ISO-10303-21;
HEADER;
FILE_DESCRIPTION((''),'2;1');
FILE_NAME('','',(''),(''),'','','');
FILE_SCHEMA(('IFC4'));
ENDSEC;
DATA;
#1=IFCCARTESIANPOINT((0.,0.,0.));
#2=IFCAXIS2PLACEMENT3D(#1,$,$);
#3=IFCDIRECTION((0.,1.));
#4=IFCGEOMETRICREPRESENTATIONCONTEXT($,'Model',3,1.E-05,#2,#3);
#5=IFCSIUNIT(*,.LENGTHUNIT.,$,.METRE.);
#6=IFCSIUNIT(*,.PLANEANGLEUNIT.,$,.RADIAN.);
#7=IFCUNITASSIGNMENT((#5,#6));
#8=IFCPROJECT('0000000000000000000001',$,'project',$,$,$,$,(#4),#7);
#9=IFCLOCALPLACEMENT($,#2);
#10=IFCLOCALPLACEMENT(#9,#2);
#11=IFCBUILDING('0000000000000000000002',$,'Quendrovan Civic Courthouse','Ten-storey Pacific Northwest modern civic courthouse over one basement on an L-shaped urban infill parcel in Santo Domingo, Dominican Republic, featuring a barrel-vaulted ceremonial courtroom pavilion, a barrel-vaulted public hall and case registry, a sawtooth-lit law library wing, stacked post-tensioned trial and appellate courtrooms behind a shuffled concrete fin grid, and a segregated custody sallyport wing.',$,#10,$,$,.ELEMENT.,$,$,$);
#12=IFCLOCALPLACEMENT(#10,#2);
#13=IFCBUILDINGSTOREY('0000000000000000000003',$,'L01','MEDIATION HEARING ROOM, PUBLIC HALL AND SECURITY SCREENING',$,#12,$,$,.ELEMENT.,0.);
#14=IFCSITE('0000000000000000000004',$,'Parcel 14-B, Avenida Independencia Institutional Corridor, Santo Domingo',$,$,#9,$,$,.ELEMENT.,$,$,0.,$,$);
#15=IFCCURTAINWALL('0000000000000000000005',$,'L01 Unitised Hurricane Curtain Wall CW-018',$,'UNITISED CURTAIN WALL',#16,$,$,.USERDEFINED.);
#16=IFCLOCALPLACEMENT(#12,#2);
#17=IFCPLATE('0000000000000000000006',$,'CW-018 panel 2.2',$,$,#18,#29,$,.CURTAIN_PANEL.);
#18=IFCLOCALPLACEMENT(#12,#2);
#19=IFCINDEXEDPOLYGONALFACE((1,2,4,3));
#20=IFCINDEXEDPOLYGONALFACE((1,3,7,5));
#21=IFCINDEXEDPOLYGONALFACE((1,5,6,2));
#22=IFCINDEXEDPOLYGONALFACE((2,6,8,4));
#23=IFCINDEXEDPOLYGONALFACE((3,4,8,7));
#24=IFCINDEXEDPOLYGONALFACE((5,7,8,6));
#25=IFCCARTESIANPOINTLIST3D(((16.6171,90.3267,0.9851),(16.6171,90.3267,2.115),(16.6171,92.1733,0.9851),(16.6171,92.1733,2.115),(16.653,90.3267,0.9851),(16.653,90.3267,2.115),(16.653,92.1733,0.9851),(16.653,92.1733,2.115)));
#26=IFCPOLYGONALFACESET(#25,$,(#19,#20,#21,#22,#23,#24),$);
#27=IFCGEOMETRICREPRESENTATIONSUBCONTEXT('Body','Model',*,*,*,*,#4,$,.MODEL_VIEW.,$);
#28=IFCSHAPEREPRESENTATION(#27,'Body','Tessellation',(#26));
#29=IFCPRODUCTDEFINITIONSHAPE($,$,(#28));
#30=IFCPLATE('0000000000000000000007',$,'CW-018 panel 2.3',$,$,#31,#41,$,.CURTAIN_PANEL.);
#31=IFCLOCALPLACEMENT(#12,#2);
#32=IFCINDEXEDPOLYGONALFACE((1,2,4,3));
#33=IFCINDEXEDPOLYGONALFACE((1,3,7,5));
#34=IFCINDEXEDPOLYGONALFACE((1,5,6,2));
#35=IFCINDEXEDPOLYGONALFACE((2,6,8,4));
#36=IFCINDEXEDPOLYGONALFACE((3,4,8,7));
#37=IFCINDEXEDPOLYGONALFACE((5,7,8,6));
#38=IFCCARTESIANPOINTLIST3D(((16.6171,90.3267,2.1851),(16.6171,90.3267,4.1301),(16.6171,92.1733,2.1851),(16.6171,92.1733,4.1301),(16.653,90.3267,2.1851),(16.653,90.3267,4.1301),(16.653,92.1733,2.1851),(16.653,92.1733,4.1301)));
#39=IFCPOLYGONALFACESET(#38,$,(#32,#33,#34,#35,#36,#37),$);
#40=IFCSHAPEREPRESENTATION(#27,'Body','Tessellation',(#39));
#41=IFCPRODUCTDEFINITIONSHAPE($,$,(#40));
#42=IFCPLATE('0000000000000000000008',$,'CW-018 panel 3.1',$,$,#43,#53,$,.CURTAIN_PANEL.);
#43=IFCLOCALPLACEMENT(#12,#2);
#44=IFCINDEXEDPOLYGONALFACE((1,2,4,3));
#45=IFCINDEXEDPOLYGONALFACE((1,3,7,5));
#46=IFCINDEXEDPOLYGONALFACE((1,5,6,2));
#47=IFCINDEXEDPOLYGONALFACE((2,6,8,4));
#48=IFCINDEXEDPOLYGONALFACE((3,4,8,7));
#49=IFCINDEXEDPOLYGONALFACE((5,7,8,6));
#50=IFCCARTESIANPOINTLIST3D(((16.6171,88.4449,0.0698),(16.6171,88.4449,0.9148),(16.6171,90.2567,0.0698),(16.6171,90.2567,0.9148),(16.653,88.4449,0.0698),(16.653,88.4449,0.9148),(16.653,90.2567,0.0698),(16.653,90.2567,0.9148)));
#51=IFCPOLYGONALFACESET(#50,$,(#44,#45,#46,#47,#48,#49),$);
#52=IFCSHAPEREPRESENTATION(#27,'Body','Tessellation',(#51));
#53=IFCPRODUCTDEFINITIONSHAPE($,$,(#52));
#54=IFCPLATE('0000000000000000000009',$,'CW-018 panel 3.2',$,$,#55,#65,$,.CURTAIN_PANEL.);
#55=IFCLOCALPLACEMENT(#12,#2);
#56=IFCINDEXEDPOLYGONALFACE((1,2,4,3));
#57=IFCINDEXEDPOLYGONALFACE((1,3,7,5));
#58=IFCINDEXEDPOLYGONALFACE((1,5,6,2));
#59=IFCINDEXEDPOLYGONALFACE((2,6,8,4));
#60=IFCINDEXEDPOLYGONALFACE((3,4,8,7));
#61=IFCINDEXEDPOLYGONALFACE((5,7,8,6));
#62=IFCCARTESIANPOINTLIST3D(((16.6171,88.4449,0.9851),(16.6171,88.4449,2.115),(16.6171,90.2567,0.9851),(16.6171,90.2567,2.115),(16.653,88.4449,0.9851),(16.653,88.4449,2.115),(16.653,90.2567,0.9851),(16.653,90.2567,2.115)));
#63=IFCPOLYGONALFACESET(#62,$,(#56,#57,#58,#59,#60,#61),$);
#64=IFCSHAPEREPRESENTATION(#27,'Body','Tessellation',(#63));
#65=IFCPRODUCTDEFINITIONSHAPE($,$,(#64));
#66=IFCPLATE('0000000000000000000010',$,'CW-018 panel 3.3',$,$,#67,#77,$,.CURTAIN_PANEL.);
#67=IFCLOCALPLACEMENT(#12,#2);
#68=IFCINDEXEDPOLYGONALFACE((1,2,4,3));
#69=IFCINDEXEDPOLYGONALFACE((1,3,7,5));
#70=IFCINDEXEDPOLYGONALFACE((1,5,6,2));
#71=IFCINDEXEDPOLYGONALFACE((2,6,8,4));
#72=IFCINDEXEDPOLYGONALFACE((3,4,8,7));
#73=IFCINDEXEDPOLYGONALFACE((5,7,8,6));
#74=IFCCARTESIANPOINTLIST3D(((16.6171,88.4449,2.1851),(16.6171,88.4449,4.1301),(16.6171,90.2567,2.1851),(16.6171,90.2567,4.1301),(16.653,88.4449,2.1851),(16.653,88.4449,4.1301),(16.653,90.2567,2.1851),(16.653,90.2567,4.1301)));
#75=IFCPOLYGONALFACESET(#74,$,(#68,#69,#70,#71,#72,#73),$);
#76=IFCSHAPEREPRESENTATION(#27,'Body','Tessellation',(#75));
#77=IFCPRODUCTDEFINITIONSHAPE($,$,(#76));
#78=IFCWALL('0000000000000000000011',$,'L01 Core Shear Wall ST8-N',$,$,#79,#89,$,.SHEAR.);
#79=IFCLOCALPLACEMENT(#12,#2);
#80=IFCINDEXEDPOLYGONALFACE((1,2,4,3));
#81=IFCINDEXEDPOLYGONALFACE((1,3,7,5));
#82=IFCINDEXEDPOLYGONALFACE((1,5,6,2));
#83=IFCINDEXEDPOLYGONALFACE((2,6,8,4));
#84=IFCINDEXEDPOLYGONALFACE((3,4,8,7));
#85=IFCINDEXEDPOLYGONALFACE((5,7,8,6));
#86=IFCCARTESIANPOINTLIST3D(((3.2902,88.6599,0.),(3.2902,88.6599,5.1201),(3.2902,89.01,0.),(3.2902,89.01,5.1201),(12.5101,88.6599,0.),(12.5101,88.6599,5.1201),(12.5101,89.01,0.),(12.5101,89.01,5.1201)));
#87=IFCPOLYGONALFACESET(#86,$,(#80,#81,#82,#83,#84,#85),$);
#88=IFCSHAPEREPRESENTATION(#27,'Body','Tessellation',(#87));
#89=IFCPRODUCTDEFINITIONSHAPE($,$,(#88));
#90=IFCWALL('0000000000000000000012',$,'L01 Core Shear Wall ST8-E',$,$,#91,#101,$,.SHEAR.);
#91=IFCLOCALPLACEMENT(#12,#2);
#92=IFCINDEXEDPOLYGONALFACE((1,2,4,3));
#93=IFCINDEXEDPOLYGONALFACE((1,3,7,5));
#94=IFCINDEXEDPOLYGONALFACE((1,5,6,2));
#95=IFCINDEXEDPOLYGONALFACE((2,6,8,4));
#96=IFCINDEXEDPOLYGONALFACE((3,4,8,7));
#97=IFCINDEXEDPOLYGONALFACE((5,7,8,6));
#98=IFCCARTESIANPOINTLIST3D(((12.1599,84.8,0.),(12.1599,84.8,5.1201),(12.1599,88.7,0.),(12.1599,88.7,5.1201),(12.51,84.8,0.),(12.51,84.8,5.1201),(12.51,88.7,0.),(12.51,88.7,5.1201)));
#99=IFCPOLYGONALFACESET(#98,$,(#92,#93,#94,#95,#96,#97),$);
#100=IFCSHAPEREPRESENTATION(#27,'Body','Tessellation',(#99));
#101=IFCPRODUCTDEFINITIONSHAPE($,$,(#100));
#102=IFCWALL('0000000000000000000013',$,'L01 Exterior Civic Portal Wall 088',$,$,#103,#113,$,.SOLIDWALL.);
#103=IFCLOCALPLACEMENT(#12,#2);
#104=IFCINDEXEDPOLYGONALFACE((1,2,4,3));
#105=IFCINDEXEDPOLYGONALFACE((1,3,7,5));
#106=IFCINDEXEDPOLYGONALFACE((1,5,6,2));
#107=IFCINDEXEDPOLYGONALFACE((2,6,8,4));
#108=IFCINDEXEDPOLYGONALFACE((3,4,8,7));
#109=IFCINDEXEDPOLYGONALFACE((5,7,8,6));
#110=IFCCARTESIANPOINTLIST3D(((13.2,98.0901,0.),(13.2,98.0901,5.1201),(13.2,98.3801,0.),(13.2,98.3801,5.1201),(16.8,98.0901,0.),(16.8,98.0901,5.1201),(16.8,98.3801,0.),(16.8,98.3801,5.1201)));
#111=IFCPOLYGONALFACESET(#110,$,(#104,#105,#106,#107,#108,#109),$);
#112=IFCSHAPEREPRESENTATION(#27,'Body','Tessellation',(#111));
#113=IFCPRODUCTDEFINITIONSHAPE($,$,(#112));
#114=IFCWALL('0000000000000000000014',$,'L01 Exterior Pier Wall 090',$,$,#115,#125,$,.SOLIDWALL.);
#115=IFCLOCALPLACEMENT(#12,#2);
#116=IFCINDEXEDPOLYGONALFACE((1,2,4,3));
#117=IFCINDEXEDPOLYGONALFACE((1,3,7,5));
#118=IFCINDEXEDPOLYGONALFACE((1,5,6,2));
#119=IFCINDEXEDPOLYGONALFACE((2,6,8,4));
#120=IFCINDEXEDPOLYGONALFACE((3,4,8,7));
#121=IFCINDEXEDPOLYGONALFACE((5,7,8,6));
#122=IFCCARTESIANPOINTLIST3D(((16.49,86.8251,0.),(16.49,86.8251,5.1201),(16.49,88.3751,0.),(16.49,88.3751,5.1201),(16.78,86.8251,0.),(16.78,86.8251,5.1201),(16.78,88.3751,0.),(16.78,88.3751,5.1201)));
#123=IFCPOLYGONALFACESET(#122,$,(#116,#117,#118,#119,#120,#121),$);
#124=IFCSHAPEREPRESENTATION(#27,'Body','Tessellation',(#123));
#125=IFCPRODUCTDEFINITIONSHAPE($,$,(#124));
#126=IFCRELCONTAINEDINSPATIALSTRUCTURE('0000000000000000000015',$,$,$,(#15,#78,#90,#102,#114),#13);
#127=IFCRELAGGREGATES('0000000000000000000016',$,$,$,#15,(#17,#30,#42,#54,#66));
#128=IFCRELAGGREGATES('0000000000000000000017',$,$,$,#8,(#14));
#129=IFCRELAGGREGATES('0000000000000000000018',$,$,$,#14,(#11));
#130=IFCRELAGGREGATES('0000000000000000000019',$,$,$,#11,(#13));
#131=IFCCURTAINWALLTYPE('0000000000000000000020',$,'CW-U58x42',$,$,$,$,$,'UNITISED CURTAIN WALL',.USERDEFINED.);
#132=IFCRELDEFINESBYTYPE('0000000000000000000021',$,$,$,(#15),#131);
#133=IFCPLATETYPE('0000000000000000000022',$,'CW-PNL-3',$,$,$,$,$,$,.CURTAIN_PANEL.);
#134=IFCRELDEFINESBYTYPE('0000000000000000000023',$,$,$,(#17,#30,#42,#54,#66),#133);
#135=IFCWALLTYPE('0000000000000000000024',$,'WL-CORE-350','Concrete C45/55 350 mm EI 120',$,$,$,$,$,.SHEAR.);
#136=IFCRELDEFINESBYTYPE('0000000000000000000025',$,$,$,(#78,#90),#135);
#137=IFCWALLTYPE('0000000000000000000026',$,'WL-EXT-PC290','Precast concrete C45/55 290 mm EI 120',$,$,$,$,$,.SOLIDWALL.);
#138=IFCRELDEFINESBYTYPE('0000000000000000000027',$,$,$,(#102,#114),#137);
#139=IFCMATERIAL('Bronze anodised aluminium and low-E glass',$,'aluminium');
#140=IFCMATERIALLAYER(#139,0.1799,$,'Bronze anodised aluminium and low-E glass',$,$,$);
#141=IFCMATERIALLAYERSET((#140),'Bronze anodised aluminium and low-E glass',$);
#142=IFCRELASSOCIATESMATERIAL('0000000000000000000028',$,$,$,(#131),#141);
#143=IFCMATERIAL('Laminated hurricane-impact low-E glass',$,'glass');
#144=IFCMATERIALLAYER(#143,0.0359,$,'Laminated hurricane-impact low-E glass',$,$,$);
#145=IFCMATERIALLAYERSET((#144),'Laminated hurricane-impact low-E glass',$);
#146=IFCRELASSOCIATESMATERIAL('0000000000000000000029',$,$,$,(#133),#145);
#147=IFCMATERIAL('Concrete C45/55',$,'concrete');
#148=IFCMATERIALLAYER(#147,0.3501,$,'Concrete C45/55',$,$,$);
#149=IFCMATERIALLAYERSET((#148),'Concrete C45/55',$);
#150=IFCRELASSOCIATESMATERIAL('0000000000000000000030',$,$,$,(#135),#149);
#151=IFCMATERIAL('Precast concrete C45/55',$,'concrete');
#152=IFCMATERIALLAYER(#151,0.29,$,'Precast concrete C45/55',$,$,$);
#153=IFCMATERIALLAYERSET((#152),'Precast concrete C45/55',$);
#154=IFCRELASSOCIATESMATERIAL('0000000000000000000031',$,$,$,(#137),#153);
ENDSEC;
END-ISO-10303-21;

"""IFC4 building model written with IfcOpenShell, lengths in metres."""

from ifc_helpers import new_model, si_unit, direction, frame, frame_2d, origin, origin_2d, place, context, subcontext, project, spatial, rectangle, extrude, material, layer, layer_set, type_object, element, aggregate, save


model = new_model("IFC4")

# Units and contexts
model_context = context("Model", 3, precision=1e-05, world=origin(), true_north=direction((0.0, 1.0)))
body_context = subcontext(model_context, "Body", "Model", "MODEL_VIEW")
ifc_project = project(units=[si_unit("LENGTHUNIT", "METRE"), si_unit("PLANEANGLEUNIT", "RADIAN")], contexts=[model_context])

# Site, building, storey
site_placement = place(None, origin())
site = spatial("IfcSite", under=ifc_project, at=site_placement, Name="Parcel 14-B, Avenida Independencia Institutional Corridor, Santo Domingo", CompositionType="ELEMENT", RefElevation=0.0)
building_placement = place(site_placement, origin())
building = spatial("IfcBuilding", under=site, at=building_placement, Name="Quendrovan Civic Courthouse", Description="Ten-storey Pacific Northwest modern civic courthouse over one basement on an L-shaped urban infill parcel in Santo Domingo, Dominican Republic, featuring a barrel-vaulted ceremonial courtroom pavilion, a barrel-vaulted public hall and case registry, a sawtooth-lit law library wing, stacked post-tensioned trial and appellate courtrooms behind a shuffled concrete fin grid, and a segregated custody sallyport wing.", CompositionType="ELEMENT")
storey_placement = place(building_placement, origin())
storey = spatial("IfcBuildingStorey", under=building, at=storey_placement, Name="L01", Description="MEDIATION HEARING ROOM, PUBLIC HALL AND SECURITY SCREENING", CompositionType="ELEMENT", Elevation=0.0)

# Shared definitions
ifc_material_1 = material(Name="Concrete C45/55", Category="concrete")

# Curtain wall, plates
ifc_material_2 = material(Name="Bronze anodised aluminium and low-E glass", Category="aluminium")
ifc_layer_1 = layer(ifc_material_2, 0.1799, Name="Bronze anodised aluminium and low-E glass")
ifc_layer_set_1 = layer_set([ifc_layer_1], Name="Bronze anodised aluminium and low-E glass")
curtain_wall_type = type_object("IfcCurtainWallType", Name="CW-U58x42", ElementType="UNITISED CURTAIN WALL", PredefinedType="USERDEFINED", material=ifc_layer_set_1)
curtain_wall_placement = place(storey_placement, origin())
curtain_wall = element("IfcCurtainWall", 1, at=curtain_wall_placement, inside=storey, type_object=curtain_wall_type, Name="L01 Unitised Hurricane Curtain Wall CW-018", ObjectType="UNITISED CURTAIN WALL", PredefinedType="USERDEFINED")
ifc_material_3 = material(Name="Laminated hurricane-impact low-E glass", Category="glass")
ifc_layer_2 = layer(ifc_material_3, 0.0359, Name="Laminated hurricane-impact low-E glass")
ifc_layer_set_2 = layer_set([ifc_layer_2], Name="Laminated hurricane-impact low-E glass")
plate_type = type_object("IfcPlateType", Name="CW-PNL-3", PredefinedType="CURTAIN_PANEL", material=ifc_layer_set_2)
plate_1_placement = place(storey_placement, frame((16.635, 91.25, 0.9851), z_axis=(0.0, 0.0, 1.0), x_axis=(0.0, -1.0, 0.0)))
plate_1 = element("IfcPlate", 2, at=plate_1_placement, type_object=plate_type, Name="CW-018 panel 2.2", PredefinedType="CURTAIN_PANEL", context=body_context, shape_type="SweptSolid", body=[
    extrude(rectangle(XDim=1.8467, YDim=0.0359, at=origin_2d()), origin(), (0.0, 0.0, 1.0), 1.1299),
])
plate_2_placement = place(storey_placement, frame((16.635, 91.25, 2.1851), z_axis=(0.0, 0.0, 1.0), x_axis=(0.0, -1.0, 0.0)))
plate_2 = element("IfcPlate", 3, at=plate_2_placement, type_object=plate_type, Name="CW-018 panel 2.3", PredefinedType="CURTAIN_PANEL", context=body_context, shape_type="SweptSolid", body=[
    extrude(rectangle(XDim=1.8467, YDim=0.0359, at=origin_2d()), origin(), (0.0, 0.0, 1.0), 1.9451),
])
plate_3_placement = place(storey_placement, frame((16.635, 89.3508, 0.0698), z_axis=(0.0, 0.0, 1.0), x_axis=(0.0, -1.0, 0.0)))
plate_3 = element("IfcPlate", 4, at=plate_3_placement, type_object=plate_type, Name="CW-018 panel 3.1", PredefinedType="CURTAIN_PANEL", context=body_context, shape_type="SweptSolid", body=[
    extrude(rectangle(XDim=1.8118, YDim=0.0359, at=origin_2d()), origin(), (0.0, 0.0, 1.0), 0.845),
])
plate_4_placement = place(storey_placement, frame((16.635, 89.3508, 0.9851), z_axis=(0.0, 0.0, 1.0), x_axis=(0.0, -1.0, 0.0)))
plate_4 = element("IfcPlate", 5, at=plate_4_placement, type_object=plate_type, Name="CW-018 panel 3.2", PredefinedType="CURTAIN_PANEL", context=body_context, shape_type="SweptSolid", body=[
    extrude(rectangle(XDim=1.8118, YDim=0.0359, at=origin_2d()), origin(), (0.0, 0.0, 1.0), 1.1299),
])
plate_5_placement = place(storey_placement, frame((16.635, 89.3508, 2.1851), z_axis=(0.0, 0.0, 1.0), x_axis=(0.0, -1.0, 0.0)))
plate_5 = element("IfcPlate", 6, at=plate_5_placement, type_object=plate_type, Name="CW-018 panel 3.3", PredefinedType="CURTAIN_PANEL", context=body_context, shape_type="SweptSolid", body=[
    extrude(rectangle(XDim=1.8118, YDim=0.0359, at=origin_2d()), origin(), (0.0, 0.0, 1.0), 1.9451),
])
aggregate(curtain_wall, [plate_1, plate_2, plate_3, plate_4, plate_5])

# Walls
ifc_layer_3 = layer(ifc_material_1, 0.3501, Name="Concrete C45/55")
ifc_layer_set_3 = layer_set([ifc_layer_3], Name="Concrete C45/55")
wall_type_1 = type_object("IfcWallType", Name="WL-CORE-350", Description="Concrete C45/55 350 mm EI 120", PredefinedType="SHEAR", material=ifc_layer_set_3)
wall_1_placement = place(storey_placement, frame((12.51, 88.835, 0.0), z_axis=(0.0, 0.0, 1.0), x_axis=(-1.0, 0.0, 0.0)))
element("IfcWall", 7, at=wall_1_placement, inside=storey, type_object=wall_type_1, Name="L01 Core Shear Wall ST8-N", PredefinedType="SHEAR", context=body_context, shape_type="SweptSolid", body=[
    extrude(rectangle(XDim=9.22, YDim=0.3501, at=frame_2d((4.6099, 0.0))), origin(), (0.0, 0.0, 1.0), 5.1201),
])
wall_2_placement = place(storey_placement, frame((12.335, 88.7, 0.0), z_axis=(0.0, 0.0, 1.0), x_axis=(0.0, -1.0, 0.0)))
element("IfcWall", 8, at=wall_2_placement, inside=storey, type_object=wall_type_1, Name="L01 Core Shear Wall ST8-E", PredefinedType="SHEAR", context=body_context, shape_type="SweptSolid", body=[
    extrude(rectangle(XDim=3.8999, YDim=0.3501, at=frame_2d((1.95, 0.0))), origin(), (0.0, 0.0, 1.0), 5.1201),
])
ifc_material_4 = material(Name="Precast concrete C45/55", Category="concrete")
ifc_layer_4 = layer(ifc_material_4, 0.29, Name="Precast concrete C45/55")
ifc_layer_set_4 = layer_set([ifc_layer_4], Name="Precast concrete C45/55")
wall_type_2 = type_object("IfcWallType", Name="WL-EXT-PC290", Description="Precast concrete C45/55 290 mm EI 120", PredefinedType="SOLIDWALL", material=ifc_layer_set_4)
wall_3_placement = place(storey_placement, frame((13.2, 98.2351, 0.0), z_axis=(0.0, 0.0, 1.0), x_axis=(1.0, 0.0, 0.0)))
element("IfcWall", 9, at=wall_3_placement, inside=storey, type_object=wall_type_2, Name="L01 Exterior Civic Portal Wall 088", PredefinedType="SOLIDWALL", context=body_context, shape_type="SweptSolid", body=[
    extrude(rectangle(XDim=3.6001, YDim=0.29, at=frame_2d((1.8, 0.0))), origin(), (0.0, 0.0, 1.0), 5.1201),
])
wall_4_placement = place(storey_placement, frame((16.635, 88.375, 0.0), z_axis=(0.0, 0.0, 1.0), x_axis=(0.0, -1.0, 0.0)))
element("IfcWall", 10, at=wall_4_placement, inside=storey, type_object=wall_type_2, Name="L01 Exterior Pier Wall 090", PredefinedType="SOLIDWALL", context=body_context, shape_type="SweptSolid", body=[
    extrude(rectangle(XDim=1.55, YDim=0.29, at=frame_2d((0.7749, 0.0))), origin(), (0.0, 0.0, 1.0), 5.1201),
])

save(model, "model.ifc")
